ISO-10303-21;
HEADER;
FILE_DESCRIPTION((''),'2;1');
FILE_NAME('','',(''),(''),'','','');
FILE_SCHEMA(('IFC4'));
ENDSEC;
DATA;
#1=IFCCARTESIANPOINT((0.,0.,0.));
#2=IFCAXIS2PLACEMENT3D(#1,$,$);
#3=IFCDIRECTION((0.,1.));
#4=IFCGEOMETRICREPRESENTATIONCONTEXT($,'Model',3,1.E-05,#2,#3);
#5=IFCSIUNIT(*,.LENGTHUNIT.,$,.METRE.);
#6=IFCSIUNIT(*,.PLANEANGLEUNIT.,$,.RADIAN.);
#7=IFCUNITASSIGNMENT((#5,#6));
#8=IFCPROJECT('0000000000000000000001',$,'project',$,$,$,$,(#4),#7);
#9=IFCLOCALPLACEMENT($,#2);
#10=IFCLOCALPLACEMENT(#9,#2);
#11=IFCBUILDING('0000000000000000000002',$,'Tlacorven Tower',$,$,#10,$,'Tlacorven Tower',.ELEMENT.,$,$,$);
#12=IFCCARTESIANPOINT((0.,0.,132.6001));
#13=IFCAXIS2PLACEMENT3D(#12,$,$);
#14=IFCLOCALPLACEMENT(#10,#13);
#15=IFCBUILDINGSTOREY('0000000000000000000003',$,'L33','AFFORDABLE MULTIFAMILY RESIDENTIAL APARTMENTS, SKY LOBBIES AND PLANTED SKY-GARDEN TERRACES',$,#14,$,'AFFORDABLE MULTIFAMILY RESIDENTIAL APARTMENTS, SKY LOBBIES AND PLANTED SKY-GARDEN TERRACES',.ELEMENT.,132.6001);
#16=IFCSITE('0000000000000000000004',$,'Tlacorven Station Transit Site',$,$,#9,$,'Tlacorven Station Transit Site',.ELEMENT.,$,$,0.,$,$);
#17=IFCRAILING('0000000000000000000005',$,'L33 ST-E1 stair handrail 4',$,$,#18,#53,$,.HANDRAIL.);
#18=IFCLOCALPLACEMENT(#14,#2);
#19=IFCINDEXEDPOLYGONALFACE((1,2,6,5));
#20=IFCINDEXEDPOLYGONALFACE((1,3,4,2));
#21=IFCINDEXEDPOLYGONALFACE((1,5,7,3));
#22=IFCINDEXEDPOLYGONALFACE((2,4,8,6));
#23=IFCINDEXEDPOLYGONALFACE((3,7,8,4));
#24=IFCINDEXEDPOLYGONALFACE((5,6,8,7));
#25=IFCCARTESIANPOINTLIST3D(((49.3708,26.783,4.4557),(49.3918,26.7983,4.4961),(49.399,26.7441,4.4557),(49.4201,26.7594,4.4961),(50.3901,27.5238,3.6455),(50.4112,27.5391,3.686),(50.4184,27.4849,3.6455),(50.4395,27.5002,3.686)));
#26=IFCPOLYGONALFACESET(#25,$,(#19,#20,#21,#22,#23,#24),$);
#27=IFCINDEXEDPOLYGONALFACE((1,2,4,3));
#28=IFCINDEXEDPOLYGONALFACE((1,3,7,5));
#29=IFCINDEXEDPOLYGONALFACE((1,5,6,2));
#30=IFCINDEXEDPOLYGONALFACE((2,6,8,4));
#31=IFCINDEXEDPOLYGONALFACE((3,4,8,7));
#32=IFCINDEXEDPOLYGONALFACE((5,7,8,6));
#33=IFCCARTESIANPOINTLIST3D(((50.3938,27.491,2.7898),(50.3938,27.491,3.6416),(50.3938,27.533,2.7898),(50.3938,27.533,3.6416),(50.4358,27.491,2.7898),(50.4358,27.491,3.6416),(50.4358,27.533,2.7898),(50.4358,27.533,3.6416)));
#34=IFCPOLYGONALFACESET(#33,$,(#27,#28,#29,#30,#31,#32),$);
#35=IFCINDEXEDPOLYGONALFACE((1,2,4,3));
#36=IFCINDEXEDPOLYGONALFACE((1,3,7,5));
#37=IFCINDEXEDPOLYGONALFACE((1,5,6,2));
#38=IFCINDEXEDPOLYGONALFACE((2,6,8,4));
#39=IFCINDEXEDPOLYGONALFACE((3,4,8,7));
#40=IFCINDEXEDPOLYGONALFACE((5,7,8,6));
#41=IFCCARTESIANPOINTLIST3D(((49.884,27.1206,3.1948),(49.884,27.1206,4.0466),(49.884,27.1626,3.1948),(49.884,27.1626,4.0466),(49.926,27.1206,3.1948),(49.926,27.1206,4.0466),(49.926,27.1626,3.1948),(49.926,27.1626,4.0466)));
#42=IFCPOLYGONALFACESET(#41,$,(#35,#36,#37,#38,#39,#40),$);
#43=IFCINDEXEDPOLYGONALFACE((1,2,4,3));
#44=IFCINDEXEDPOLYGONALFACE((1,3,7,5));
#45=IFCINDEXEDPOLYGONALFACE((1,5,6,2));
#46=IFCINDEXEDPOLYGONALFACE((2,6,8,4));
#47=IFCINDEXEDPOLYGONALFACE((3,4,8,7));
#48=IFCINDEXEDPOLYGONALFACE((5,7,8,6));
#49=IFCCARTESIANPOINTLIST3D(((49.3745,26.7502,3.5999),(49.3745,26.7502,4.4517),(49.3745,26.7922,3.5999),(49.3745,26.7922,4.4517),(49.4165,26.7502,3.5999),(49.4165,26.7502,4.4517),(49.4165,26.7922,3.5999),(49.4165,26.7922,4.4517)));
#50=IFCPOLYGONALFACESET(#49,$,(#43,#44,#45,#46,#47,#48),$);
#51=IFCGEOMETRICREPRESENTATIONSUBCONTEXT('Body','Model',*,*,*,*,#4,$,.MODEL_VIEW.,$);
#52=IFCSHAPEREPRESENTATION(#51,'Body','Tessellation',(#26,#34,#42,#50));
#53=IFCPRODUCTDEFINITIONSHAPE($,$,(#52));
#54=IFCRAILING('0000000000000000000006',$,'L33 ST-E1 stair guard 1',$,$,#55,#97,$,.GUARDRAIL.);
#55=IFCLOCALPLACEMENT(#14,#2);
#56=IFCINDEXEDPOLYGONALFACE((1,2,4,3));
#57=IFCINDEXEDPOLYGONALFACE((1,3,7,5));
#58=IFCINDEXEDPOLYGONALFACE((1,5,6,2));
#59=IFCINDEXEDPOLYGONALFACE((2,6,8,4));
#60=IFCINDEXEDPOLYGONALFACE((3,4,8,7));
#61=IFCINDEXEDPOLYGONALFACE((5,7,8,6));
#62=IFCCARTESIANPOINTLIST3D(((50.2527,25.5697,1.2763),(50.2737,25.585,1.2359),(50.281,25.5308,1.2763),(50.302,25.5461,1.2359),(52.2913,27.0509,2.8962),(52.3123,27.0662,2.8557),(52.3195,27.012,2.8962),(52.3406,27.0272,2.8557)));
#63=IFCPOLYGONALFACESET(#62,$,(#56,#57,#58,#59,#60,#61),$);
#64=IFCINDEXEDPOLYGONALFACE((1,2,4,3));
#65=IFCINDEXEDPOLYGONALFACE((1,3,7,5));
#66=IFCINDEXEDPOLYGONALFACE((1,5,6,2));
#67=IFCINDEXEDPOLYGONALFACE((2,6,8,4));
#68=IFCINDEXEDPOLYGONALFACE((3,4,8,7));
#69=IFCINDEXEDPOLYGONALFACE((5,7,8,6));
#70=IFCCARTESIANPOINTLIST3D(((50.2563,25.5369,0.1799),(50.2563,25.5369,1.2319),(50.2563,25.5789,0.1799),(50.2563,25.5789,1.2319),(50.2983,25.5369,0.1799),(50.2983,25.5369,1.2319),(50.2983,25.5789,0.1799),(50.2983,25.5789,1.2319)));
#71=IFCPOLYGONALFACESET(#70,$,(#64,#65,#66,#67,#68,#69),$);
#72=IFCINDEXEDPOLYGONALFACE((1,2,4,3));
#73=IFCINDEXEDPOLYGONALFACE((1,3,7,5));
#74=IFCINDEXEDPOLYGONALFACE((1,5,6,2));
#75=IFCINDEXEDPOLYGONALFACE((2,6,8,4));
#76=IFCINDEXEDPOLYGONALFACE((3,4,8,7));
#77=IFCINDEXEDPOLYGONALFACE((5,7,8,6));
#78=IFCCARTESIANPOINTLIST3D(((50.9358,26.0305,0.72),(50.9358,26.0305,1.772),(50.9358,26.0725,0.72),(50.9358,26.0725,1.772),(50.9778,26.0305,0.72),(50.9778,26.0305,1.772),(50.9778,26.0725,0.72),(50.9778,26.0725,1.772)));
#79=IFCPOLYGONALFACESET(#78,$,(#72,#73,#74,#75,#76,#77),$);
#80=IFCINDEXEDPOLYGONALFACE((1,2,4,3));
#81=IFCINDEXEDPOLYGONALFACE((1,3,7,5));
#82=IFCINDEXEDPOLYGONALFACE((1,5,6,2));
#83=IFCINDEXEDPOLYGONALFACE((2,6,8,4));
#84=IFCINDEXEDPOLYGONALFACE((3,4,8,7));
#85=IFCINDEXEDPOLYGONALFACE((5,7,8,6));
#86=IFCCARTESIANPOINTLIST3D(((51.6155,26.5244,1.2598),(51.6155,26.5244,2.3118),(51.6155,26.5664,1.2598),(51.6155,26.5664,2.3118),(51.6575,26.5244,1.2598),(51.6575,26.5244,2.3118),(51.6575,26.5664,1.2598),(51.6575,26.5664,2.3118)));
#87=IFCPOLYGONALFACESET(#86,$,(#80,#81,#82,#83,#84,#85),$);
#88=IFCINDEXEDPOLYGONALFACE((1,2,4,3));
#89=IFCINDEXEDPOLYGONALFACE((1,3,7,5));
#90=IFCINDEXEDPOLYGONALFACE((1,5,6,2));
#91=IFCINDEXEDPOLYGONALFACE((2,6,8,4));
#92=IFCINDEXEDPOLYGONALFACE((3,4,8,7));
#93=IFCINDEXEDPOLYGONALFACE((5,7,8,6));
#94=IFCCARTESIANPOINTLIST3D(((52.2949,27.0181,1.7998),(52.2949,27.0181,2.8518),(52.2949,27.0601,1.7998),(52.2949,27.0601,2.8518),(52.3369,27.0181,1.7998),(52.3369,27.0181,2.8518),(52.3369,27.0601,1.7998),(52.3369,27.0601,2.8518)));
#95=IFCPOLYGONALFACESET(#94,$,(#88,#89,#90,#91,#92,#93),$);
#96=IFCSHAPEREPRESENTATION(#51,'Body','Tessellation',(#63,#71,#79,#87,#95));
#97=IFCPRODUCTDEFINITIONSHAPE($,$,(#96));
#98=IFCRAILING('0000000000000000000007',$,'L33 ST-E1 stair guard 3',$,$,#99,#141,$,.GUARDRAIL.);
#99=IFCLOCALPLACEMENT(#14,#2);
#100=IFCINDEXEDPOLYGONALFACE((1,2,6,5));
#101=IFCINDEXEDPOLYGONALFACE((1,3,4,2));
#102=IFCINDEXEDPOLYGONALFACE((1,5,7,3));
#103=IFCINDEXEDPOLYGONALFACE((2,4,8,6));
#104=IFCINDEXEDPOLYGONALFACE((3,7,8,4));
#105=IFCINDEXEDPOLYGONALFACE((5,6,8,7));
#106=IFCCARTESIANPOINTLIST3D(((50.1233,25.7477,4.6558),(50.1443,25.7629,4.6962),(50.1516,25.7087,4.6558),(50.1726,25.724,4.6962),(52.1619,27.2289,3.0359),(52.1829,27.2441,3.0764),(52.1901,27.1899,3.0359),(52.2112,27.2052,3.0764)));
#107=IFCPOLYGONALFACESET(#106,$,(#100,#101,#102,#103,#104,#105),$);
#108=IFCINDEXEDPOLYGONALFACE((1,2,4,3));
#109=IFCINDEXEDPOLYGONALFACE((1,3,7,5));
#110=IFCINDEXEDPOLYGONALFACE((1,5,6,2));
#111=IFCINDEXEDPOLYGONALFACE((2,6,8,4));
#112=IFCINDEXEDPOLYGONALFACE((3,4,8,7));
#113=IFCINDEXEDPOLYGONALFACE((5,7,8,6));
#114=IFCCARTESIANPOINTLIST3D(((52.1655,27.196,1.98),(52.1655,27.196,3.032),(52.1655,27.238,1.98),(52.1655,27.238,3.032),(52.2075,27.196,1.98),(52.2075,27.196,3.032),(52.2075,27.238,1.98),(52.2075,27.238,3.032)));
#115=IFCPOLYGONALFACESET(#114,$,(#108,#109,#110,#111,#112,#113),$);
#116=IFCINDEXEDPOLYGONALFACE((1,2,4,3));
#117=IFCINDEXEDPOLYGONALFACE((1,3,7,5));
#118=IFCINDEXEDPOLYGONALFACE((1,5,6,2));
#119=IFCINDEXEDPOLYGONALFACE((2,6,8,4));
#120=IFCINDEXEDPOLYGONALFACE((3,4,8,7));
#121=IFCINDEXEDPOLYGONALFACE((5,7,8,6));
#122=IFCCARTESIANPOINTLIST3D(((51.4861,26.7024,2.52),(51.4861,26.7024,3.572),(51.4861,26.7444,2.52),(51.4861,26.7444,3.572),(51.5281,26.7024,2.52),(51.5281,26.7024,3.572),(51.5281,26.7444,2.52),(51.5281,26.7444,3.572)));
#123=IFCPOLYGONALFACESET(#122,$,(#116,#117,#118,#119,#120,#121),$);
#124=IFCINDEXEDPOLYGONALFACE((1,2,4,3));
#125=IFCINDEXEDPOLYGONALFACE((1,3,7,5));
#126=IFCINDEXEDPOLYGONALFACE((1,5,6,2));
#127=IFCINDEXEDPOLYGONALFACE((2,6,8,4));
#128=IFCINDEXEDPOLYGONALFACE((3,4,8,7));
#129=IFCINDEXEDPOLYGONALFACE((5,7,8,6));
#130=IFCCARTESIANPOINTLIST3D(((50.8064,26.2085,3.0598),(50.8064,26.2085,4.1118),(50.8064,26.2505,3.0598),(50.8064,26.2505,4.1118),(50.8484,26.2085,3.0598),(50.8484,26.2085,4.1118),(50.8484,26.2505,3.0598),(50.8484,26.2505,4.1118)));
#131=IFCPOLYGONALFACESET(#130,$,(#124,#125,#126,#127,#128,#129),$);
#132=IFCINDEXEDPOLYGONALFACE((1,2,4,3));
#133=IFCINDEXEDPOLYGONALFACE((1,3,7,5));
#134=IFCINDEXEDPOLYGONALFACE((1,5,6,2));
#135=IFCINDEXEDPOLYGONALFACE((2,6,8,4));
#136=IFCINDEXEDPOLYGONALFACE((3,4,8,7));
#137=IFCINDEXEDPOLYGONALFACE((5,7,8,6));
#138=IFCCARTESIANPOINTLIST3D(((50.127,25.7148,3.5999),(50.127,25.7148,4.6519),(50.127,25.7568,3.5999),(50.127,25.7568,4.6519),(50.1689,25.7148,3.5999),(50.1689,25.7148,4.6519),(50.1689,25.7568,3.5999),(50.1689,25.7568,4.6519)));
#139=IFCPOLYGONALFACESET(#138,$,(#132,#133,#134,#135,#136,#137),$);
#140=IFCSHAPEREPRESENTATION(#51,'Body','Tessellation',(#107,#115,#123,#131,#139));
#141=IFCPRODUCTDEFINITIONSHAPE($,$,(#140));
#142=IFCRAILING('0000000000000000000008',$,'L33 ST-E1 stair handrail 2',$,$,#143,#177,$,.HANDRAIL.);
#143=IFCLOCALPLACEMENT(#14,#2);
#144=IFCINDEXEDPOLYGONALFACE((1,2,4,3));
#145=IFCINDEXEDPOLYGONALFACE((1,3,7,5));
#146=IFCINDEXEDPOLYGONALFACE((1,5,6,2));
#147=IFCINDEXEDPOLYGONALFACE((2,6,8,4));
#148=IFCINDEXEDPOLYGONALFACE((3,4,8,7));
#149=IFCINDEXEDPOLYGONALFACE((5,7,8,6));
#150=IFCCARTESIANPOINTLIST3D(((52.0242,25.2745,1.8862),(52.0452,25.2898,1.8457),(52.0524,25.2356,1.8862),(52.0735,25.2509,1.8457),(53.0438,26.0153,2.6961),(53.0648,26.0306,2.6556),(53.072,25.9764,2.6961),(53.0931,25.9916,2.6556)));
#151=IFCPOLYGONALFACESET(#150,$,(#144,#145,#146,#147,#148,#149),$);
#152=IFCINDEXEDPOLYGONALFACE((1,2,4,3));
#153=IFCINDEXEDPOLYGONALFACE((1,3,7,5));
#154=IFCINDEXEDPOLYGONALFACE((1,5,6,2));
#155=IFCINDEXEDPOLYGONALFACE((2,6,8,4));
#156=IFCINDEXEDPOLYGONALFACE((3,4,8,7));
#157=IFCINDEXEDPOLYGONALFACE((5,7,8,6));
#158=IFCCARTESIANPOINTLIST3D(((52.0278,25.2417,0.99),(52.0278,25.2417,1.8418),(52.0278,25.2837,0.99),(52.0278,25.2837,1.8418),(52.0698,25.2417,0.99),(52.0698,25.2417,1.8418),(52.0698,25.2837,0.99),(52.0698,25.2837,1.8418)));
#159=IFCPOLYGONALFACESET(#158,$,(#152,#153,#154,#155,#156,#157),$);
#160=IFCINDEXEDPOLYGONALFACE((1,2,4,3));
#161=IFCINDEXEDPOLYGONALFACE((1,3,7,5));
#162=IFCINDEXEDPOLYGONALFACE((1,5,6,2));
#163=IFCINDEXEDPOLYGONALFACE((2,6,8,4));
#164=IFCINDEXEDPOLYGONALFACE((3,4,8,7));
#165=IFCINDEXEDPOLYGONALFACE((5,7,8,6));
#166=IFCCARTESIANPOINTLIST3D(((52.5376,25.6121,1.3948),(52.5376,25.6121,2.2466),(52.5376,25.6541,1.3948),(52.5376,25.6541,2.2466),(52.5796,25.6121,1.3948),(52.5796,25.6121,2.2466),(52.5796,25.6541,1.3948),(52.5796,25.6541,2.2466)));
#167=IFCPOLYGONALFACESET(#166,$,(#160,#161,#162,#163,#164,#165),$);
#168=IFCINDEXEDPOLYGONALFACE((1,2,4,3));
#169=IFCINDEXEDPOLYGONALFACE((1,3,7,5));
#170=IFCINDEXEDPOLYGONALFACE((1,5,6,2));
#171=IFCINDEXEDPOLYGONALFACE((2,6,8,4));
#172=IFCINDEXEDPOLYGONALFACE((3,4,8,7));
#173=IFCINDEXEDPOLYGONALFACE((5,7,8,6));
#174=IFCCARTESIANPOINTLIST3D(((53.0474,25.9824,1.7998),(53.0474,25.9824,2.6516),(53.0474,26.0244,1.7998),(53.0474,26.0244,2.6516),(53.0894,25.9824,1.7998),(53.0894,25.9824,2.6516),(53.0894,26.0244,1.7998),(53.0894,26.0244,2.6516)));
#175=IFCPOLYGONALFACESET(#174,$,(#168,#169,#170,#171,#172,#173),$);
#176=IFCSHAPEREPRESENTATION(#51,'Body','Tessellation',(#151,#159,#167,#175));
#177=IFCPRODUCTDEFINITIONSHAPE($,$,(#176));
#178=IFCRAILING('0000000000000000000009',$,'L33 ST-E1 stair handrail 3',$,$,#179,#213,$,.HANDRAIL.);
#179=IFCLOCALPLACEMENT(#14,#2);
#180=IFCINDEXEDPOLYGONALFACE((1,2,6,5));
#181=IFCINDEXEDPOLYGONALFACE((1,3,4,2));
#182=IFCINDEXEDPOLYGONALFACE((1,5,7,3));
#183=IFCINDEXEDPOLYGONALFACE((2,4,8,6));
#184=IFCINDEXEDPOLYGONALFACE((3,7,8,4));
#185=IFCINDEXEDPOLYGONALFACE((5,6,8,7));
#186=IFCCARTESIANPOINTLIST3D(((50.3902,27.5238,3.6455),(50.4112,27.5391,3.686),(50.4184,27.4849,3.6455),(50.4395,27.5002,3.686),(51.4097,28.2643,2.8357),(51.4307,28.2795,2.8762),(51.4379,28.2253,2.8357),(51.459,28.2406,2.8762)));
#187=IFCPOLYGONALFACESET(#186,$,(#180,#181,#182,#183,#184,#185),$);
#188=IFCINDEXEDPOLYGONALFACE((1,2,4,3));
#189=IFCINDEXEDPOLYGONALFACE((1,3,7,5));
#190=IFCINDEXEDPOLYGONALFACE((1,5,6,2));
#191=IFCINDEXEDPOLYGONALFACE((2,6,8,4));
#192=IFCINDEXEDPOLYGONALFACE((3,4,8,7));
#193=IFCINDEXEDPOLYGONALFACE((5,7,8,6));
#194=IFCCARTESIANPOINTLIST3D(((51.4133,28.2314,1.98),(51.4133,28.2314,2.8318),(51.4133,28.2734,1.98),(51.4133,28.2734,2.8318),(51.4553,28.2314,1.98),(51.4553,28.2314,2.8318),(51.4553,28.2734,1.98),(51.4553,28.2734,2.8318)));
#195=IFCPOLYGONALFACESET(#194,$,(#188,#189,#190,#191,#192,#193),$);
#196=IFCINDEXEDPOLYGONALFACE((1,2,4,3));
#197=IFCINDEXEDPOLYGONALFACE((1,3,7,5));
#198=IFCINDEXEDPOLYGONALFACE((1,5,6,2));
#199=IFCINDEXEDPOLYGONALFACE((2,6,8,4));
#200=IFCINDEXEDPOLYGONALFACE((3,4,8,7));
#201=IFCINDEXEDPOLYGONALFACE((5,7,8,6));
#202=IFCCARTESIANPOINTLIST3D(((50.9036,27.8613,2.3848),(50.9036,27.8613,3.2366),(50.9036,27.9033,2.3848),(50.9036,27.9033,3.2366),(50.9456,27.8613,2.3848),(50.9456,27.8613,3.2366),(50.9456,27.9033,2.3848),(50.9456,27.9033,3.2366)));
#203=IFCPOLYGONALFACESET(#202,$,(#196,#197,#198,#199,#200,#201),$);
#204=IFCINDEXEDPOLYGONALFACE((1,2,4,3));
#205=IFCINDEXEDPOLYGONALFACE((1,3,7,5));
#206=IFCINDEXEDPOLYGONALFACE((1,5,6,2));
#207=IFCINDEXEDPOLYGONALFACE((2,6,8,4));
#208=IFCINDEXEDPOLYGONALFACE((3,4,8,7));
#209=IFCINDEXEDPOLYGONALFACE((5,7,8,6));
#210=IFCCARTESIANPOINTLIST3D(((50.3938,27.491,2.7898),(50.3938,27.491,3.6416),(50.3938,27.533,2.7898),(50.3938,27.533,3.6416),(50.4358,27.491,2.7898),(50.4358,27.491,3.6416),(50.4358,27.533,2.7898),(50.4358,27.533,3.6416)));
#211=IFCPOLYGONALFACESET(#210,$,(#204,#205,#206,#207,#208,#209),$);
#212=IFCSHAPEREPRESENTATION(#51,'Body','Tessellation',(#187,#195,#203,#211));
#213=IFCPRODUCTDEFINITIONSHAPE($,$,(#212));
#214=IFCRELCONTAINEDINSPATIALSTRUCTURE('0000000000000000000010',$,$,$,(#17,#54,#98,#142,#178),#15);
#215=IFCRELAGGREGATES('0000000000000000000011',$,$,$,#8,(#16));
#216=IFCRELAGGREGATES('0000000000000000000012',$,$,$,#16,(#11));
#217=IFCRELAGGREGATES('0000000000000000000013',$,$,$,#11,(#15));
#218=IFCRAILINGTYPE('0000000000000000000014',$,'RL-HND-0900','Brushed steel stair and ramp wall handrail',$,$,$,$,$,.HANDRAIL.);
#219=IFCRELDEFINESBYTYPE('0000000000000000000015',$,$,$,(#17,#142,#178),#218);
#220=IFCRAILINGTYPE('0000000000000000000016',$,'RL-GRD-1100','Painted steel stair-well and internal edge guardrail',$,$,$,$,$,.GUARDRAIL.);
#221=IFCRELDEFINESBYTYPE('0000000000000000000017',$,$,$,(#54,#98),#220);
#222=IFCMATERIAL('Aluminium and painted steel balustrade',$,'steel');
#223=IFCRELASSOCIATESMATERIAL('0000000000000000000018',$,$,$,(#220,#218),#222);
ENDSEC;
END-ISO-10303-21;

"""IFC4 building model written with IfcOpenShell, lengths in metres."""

from ifc_helpers import new_model, si_unit, direction, frame, origin, origin_2d, place, context, subcontext, project, spatial, rectangle, extrude, source, transform, mapped, material, type_object, element, save


model = new_model("IFC4")

# Units and contexts
model_context = context("Model", 3, precision=1e-05, world=origin(), true_north=direction((0.0, 1.0)))
body_context = subcontext(model_context, "Body", "Model", "MODEL_VIEW")
ifc_project = project(units=[si_unit("LENGTHUNIT", "METRE"), si_unit("PLANEANGLEUNIT", "RADIAN")], contexts=[model_context])

# Site, building, storey
site_placement = place(None, origin())
site = spatial("IfcSite", under=ifc_project, at=site_placement, Name="Tlacorven Station Transit Site", LongName="Tlacorven Station Transit Site", CompositionType="ELEMENT", RefElevation=0.0)
building_placement = place(site_placement, origin())
building = spatial("IfcBuilding", under=site, at=building_placement, Name="Tlacorven Tower", LongName="Tlacorven Tower", CompositionType="ELEMENT")
storey_placement = place(building_placement, frame((0.0, 0.0, 132.6001)))
storey = spatial("IfcBuildingStorey", under=building, at=storey_placement, Name="L33", Description="AFFORDABLE MULTIFAMILY RESIDENTIAL APARTMENTS, SKY LOBBIES AND PLANTED SKY-GARDEN TERRACES", LongName="AFFORDABLE MULTIFAMILY RESIDENTIAL APARTMENTS, SKY LOBBIES AND PLANTED SKY-GARDEN TERRACES", CompositionType="ELEMENT", Elevation=132.6001)

# Railings
ifc_material_1 = material(Name="Aluminium and painted steel balustrade", Category="steel")
railing_type_1 = type_object("IfcRailingType", Name="RL-GRD-1100", Description="Painted steel stair-well and internal edge guardrail", PredefinedType="GUARDRAIL", material=ifc_material_1)
railing_type_2 = type_object("IfcRailingType", Name="RL-HND-0900", Description="Brushed steel stair and ramp wall handrail", PredefinedType="HANDRAIL", material=ifc_material_1)
shared_shape_1 = source(origin(), body_context, "Body", "SweptSolid", [
    extrude(rectangle(XDim=0.0481, YDim=0.0481, at=origin_2d()), frame((0.0, 0.0, 0.876), z_axis=(-0.680461, -0.494496, 0.540783), x_axis=(0.587872, -0.808954, 0.0)), (0.0, 0.0, 1.0), 1.498),
    extrude(rectangle(XDim=0.042, YDim=0.042, at=origin_2d()), origin(), (0.0, 0.0, 1.0), 0.8518),
    extrude(rectangle(XDim=0.042, YDim=0.042, at=origin_2d()), frame((-0.5098, -0.3704, 0.405)), (0.0, 0.0, 1.0), 0.8518),
    extrude(rectangle(XDim=0.042, YDim=0.042, at=origin_2d()), frame((-1.0193, -0.7407, 0.8101)), (0.0, 0.0, 1.0), 0.8518),
])
railing_1_placement = place(storey_placement, frame((50.4148, 27.512, 2.7898)))
element("IfcRailing", 1, at=railing_1_placement, inside=storey, type_object=railing_type_2, Name="L33 ST-E1 stair handrail 4", PredefinedType="HANDRAIL", context=body_context, shape_type="MappedRepresentation", body=[
    mapped(shared_shape_1, transform((0.0, 0.0, 0.0), scale=1.0)),
])
shared_shape_2 = source(origin(), body_context, "Body", "SweptSolid", [
    extrude(rectangle(XDim=0.0481, YDim=0.0481, at=origin_2d()), frame((0.0, 0.0, 1.0762), z_axis=(0.680519, 0.494456, 0.540747), x_axis=(-0.587809, 0.809, 0.0)), (0.0, 0.0, 1.0), 2.9956),
    extrude(rectangle(XDim=0.042, YDim=0.042, at=origin_2d()), origin(), (0.0, 0.0, 1.0), 1.052),
    extrude(rectangle(XDim=0.042, YDim=0.042, at=origin_2d()), frame((0.6794, 0.4937, 0.54)), (0.0, 0.0, 1.0), 1.052),
    extrude(rectangle(XDim=0.042, YDim=0.042, at=origin_2d()), frame((1.3591, 0.9875, 1.0798)), (0.0, 0.0, 1.0), 1.052),
    extrude(rectangle(XDim=0.042, YDim=0.042, at=origin_2d()), frame((2.0386, 1.4812, 1.6199)), (0.0, 0.0, 1.0), 1.052),
])
railing_2_placement = place(storey_placement, frame((50.2773, 25.5579, 0.1799)))
element("IfcRailing", 2, at=railing_2_placement, inside=storey, type_object=railing_type_1, Name="L33 ST-E1 stair guard 1", PredefinedType="GUARDRAIL", context=body_context, shape_type="MappedRepresentation", body=[
    mapped(shared_shape_2, transform((0.0, 0.0, 0.0), scale=1.0)),
])
shared_shape_3 = source(origin(), body_context, "Body", "SweptSolid", [
    extrude(rectangle(XDim=0.0481, YDim=0.0481, at=origin_2d()), frame((0.0, 0.0, 1.0762), z_axis=(-0.680519, -0.494456, 0.540747), x_axis=(0.587809, -0.809, 0.0)), (0.0, 0.0, 1.0), 2.9956),
    extrude(rectangle(XDim=0.042, YDim=0.042, at=origin_2d()), origin(), (0.0, 0.0, 1.0), 1.052),
    extrude(rectangle(XDim=0.042, YDim=0.042, at=origin_2d()), frame((-0.6794, -0.4937, 0.54)), (0.0, 0.0, 1.0), 1.052),
    extrude(rectangle(XDim=0.042, YDim=0.042, at=origin_2d()), frame((-1.3591, -0.9875, 1.0798)), (0.0, 0.0, 1.0), 1.052),
    extrude(rectangle(XDim=0.042, YDim=0.042, at=origin_2d()), frame((-2.0386, -1.4812, 1.6199)), (0.0, 0.0, 1.0), 1.052),
])
railing_3_placement = place(storey_placement, frame((52.1865, 27.217, 1.98)))
element("IfcRailing", 3, at=railing_3_placement, inside=storey, type_object=railing_type_1, Name="L33 ST-E1 stair guard 3", PredefinedType="GUARDRAIL", context=body_context, shape_type="MappedRepresentation", body=[
    mapped(shared_shape_3, transform((0.0, 0.0, 0.0), scale=1.0)),
])
shared_shape_4 = source(origin(), body_context, "Body", "SweptSolid", [
    extrude(rectangle(XDim=0.0481, YDim=0.0481, at=origin_2d()), frame((0.0, 0.0, 0.876), z_axis=(0.680609, 0.494484, 0.540608), x_axis=(-0.58778, 0.809021, 0.0)), (0.0, 0.0, 1.0), 1.498),
    extrude(rectangle(XDim=0.042, YDim=0.042, at=origin_2d()), origin(), (0.0, 0.0, 1.0), 0.8518),
    extrude(rectangle(XDim=0.042, YDim=0.042, at=origin_2d()), frame((0.5098, 0.3704, 0.4048)), (0.0, 0.0, 1.0), 0.8518),
    extrude(rectangle(XDim=0.042, YDim=0.042, at=origin_2d()), frame((1.0195, 0.7407, 0.8098)), (0.0, 0.0, 1.0), 0.8518),
])
railing_4_placement = place(storey_placement, frame((52.0488, 25.2627, 0.99)))
element("IfcRailing", 4, at=railing_4_placement, inside=storey, type_object=railing_type_2, Name="L33 ST-E1 stair handrail 2", PredefinedType="HANDRAIL", context=body_context, shape_type="MappedRepresentation", body=[
    mapped(shared_shape_4, transform((0.0, 0.0, 0.0), scale=1.0)),
])
shared_shape_5 = source(origin(), body_context, "Body", "SweptSolid", [
    extrude(rectangle(XDim=0.0481, YDim=0.0481, at=origin_2d()), frame((0.0, 0.0, 0.876), z_axis=(-0.680664, -0.494361, 0.540652), x_axis=(0.587653, -0.809113, 0.0)), (0.0, 0.0, 1.0), 1.4978),
    extrude(rectangle(XDim=0.042, YDim=0.042, at=origin_2d()), origin(), (0.0, 0.0, 1.0), 0.8518),
    extrude(rectangle(XDim=0.042, YDim=0.042, at=origin_2d()), frame((-0.5098, -0.3701, 0.4048)), (0.0, 0.0, 1.0), 0.8518),
    extrude(rectangle(XDim=0.042, YDim=0.042, at=origin_2d()), frame((-1.0195, -0.7405, 0.8098)), (0.0, 0.0, 1.0), 0.8518),
])
railing_5_placement = place(storey_placement, frame((51.4343, 28.2524, 1.98)))
element("IfcRailing", 5, at=railing_5_placement, inside=storey, type_object=railing_type_2, Name="L33 ST-E1 stair handrail 3", PredefinedType="HANDRAIL", context=body_context, shape_type="MappedRepresentation", body=[
    mapped(shared_shape_5, transform((0.0, 0.0, 0.0), scale=1.0)),
])

save(model, "model.ifc")
